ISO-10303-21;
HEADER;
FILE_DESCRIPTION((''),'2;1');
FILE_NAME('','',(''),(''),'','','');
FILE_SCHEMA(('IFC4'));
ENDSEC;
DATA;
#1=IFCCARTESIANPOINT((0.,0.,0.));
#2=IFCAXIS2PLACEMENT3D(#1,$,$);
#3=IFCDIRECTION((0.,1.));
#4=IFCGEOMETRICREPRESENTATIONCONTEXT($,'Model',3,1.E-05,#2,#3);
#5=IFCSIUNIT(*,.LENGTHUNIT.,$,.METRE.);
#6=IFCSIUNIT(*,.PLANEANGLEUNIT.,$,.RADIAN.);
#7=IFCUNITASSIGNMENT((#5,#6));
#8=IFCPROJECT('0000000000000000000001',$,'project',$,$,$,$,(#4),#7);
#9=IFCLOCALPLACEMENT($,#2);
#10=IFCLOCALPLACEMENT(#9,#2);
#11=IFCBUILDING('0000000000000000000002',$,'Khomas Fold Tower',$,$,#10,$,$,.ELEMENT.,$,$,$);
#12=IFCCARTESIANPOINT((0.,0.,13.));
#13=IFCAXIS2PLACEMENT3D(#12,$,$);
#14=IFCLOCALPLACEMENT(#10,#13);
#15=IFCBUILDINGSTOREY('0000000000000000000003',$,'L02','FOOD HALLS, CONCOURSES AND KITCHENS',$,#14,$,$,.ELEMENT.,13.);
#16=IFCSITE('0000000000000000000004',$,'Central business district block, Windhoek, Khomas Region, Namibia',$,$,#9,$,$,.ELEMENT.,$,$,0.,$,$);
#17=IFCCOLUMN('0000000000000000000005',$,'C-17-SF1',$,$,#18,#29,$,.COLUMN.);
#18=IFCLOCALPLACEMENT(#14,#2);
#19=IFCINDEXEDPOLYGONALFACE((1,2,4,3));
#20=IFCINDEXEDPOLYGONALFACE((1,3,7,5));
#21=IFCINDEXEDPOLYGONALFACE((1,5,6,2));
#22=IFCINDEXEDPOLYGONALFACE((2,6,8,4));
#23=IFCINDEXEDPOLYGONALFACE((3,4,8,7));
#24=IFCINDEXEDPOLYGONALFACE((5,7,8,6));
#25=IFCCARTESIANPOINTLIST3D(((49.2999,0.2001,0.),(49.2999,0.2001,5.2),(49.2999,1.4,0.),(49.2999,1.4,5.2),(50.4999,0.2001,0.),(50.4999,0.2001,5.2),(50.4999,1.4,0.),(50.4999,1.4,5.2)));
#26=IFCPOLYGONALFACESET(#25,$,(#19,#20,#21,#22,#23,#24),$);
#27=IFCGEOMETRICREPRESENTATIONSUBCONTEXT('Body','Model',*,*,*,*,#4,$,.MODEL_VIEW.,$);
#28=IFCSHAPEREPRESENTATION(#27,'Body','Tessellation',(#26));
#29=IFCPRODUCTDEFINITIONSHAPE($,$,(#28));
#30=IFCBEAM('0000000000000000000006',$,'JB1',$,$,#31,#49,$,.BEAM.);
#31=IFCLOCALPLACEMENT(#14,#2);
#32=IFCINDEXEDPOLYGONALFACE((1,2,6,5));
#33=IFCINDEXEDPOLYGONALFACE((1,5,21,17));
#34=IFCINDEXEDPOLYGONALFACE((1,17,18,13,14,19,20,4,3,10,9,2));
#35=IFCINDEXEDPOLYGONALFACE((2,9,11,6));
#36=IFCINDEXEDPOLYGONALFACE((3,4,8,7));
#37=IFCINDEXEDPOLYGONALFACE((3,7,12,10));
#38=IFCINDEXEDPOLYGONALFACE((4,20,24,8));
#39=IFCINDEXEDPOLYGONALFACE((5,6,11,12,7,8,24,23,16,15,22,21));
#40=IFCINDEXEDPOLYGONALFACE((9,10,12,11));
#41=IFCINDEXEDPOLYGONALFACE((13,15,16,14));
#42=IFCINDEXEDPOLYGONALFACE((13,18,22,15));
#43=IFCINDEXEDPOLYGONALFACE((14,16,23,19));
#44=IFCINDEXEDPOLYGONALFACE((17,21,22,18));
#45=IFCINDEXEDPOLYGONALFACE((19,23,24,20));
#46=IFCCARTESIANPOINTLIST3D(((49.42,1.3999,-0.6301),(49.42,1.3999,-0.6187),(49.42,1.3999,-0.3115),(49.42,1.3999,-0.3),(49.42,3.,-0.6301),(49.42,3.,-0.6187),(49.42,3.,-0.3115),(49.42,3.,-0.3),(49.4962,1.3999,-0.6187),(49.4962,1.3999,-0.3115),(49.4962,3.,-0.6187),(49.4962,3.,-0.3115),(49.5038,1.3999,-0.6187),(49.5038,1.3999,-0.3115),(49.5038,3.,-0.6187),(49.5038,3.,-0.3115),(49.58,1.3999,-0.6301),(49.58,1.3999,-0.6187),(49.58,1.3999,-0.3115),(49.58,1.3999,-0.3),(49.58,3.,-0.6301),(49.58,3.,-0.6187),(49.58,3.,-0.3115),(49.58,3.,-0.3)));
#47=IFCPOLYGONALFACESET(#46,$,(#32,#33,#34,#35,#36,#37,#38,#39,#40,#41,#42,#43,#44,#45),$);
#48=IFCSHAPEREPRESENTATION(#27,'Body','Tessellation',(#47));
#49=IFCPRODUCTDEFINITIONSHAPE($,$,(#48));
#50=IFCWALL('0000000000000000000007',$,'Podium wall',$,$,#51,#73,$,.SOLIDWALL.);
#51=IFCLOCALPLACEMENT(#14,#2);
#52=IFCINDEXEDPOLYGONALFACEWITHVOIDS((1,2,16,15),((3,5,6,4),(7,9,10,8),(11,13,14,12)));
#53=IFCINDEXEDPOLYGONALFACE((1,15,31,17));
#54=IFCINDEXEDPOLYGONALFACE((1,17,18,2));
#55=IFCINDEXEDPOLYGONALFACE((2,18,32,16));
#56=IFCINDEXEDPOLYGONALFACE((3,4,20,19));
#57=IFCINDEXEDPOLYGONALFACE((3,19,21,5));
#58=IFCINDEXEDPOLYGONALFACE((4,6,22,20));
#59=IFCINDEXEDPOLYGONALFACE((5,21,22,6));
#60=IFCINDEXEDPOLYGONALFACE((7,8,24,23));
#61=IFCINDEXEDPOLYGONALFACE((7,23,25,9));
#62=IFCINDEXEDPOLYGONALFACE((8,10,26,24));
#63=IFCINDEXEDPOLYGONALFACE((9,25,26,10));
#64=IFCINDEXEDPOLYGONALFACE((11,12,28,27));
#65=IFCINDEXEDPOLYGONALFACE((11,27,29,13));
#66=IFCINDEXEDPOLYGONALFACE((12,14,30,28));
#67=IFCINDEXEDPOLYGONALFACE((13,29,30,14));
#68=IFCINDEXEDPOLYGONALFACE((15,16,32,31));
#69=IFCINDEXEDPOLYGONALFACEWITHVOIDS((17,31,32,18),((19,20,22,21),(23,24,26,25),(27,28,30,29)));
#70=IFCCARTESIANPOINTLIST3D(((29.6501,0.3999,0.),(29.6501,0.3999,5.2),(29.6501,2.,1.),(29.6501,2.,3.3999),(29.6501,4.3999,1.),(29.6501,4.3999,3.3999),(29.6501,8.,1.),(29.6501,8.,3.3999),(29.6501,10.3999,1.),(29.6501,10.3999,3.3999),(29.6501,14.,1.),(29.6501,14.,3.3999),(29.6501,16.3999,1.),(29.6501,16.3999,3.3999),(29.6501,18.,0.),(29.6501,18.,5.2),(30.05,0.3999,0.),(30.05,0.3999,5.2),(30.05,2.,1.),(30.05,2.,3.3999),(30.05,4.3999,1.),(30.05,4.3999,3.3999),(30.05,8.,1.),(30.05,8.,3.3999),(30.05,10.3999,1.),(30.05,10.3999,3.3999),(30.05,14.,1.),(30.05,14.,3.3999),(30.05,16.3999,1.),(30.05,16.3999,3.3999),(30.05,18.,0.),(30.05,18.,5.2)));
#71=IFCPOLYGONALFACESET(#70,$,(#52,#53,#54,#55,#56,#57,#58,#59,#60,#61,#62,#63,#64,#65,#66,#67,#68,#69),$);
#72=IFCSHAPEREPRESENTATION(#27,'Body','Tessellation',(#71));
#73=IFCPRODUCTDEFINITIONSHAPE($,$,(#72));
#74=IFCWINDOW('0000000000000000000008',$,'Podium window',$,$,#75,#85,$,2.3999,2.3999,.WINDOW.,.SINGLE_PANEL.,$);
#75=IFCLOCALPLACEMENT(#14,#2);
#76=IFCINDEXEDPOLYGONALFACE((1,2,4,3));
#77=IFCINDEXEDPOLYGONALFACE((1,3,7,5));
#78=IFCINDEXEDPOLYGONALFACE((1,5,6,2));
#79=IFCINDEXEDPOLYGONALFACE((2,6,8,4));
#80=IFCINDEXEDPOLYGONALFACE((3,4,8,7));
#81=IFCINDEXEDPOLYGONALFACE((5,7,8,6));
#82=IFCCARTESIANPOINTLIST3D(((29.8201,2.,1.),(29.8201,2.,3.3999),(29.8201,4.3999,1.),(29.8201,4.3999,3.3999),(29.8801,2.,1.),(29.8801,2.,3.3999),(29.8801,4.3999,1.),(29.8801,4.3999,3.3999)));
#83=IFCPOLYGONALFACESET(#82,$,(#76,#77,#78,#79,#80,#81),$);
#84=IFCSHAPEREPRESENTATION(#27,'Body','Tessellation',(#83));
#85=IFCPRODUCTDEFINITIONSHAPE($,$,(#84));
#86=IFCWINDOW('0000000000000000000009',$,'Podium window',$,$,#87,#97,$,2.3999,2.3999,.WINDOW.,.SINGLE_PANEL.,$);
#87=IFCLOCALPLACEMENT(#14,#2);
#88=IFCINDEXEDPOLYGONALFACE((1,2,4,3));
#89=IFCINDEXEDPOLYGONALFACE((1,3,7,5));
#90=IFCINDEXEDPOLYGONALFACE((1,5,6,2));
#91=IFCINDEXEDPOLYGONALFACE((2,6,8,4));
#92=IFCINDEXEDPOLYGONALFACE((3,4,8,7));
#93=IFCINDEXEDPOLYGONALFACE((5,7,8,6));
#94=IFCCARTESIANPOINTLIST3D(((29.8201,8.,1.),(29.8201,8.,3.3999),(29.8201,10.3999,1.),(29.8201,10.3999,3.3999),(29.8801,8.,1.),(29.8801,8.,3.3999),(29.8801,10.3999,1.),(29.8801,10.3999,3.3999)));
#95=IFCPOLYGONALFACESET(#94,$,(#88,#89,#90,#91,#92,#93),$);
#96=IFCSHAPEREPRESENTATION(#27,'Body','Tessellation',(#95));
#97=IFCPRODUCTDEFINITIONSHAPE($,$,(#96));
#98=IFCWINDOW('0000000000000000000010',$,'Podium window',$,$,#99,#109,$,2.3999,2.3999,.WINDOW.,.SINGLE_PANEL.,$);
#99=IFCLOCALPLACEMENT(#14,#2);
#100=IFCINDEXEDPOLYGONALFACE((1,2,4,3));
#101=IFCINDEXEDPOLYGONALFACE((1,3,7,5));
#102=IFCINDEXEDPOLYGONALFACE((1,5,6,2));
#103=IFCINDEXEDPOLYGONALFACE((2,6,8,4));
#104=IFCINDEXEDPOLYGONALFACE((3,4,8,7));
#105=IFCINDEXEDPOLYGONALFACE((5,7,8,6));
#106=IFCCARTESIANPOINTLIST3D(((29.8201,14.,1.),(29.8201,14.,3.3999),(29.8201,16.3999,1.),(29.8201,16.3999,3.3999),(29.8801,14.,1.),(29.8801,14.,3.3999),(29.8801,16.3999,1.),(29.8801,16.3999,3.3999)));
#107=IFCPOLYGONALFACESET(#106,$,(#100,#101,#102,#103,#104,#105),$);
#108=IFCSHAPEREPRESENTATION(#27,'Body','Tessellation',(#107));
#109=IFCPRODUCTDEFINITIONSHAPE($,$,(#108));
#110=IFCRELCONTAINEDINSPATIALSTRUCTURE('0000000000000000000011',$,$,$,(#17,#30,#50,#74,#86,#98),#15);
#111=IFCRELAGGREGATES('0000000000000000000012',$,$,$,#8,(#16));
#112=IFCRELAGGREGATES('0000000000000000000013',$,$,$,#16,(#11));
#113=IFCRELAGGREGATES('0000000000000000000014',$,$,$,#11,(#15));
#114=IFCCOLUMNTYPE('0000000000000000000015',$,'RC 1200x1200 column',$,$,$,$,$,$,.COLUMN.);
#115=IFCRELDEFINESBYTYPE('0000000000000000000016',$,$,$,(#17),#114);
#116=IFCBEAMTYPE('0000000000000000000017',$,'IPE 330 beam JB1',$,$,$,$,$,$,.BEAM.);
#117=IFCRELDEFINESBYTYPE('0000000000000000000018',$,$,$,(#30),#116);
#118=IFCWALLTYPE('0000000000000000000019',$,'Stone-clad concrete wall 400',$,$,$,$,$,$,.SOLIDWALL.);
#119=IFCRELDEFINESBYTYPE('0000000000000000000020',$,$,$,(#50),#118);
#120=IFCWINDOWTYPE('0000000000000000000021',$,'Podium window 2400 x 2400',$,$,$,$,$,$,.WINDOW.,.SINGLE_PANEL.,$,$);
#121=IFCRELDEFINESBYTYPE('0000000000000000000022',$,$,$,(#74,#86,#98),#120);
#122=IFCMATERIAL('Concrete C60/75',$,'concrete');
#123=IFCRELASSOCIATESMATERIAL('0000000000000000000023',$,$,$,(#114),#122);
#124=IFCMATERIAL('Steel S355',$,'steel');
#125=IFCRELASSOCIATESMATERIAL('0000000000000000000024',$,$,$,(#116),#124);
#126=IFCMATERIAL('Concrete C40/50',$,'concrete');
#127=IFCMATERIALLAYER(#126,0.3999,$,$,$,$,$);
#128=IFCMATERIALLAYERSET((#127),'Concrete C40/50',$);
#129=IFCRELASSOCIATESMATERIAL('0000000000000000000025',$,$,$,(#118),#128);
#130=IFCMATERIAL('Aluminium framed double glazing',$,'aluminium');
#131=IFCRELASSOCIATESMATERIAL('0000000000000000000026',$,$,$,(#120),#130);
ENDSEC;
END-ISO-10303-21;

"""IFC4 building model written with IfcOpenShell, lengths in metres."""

from ifc_helpers import new_model, si_unit, direction, frame, frame_2d, origin, origin_2d, place, context, subcontext, project, spatial, rectangle, i_section, extrude, source, transform, mapped, material, layer, layer_set, material_profile, profile_set, type_object, element, fill, save


model = new_model("IFC4")

# Units and contexts
model_context = context("Model", 3, precision=1e-05, world=origin(), true_north=direction((0.0, 1.0)))
body_context = subcontext(model_context, "Body", "Model", "MODEL_VIEW")
ifc_project = project(units=[si_unit("LENGTHUNIT", "METRE"), si_unit("PLANEANGLEUNIT", "RADIAN")], contexts=[model_context])

# Site, building, storey
site_placement = place(None, origin())
site = spatial("IfcSite", under=ifc_project, at=site_placement, Name="Central business district block, Windhoek, Khomas Region, Namibia", CompositionType="ELEMENT", RefElevation=0.0)
building_placement = place(site_placement, origin())
building = spatial("IfcBuilding", under=site, at=building_placement, Name="Khomas Fold Tower", CompositionType="ELEMENT")
storey_placement = place(building_placement, frame((0.0, 0.0, 13.0)))
storey = spatial("IfcBuildingStorey", under=building, at=storey_placement, Name="L02", Description="FOOD HALLS, CONCOURSES AND KITCHENS", CompositionType="ELEMENT", Elevation=13.0)

# Column
ifc_material_1 = material(Name="Concrete C60/75", Category="concrete")
ifc_material_profile_1 = material_profile(ifc_material_1, rectangle(XDim=1.2, YDim=1.2, at=origin_2d()), Name="RC 1200x1200")
ifc_profile_set_1 = profile_set([ifc_material_profile_1], Name="Concrete C60/75")
column_type = type_object("IfcColumnType", Name="RC 1200x1200 column", PredefinedType="COLUMN", material=ifc_profile_set_1)
shared_shape_1 = source(origin(), body_context, "Body", "SweptSolid", [
    extrude(rectangle(XDim=1.2, YDim=1.2, at=origin_2d()), origin(), (0.0, 0.0, 1.0), 5.2),
])
column_placement = place(storey_placement, frame((49.8999, 0.8, 0.0), z_axis=(0.0, 0.0, 1.0), x_axis=(1.0, 0.0, 0.0)))
element("IfcColumn", 1, at=column_placement, inside=storey, type_object=column_type, Name="C-17-SF1", PredefinedType="COLUMN", context=body_context, shape_type="MappedRepresentation", body=[
    mapped(shared_shape_1, transform((0.0, 0.0, 0.0))),
])

# Beam
ifc_material_2 = material(Name="Steel S355", Category="steel")
ifc_material_profile_2 = material_profile(ifc_material_2, i_section(OverallWidth=0.1599, OverallDepth=0.3301, WebThickness=0.0076, FlangeThickness=0.0115, at=origin_2d()), Name="IPE 330")
ifc_profile_set_2 = profile_set([ifc_material_profile_2], Name="Steel S355")
beam_type = type_object("IfcBeamType", Name="IPE 330 beam JB1", PredefinedType="BEAM", material=ifc_profile_set_2)
shared_shape_2 = source(origin(), body_context, "Body", "SweptSolid", [
    extrude(i_section(OverallWidth=0.1599, OverallDepth=0.3301, WebThickness=0.0076, FlangeThickness=0.0115, at=origin_2d()), origin(), (0.0, 0.0, 1.0), 1.6001),
])
beam_placement = place(storey_placement, frame((49.5, 1.3999, -0.4651), z_axis=(0.0, 1.0, 0.0), x_axis=(-1.0, 0.0, 0.0)))
element("IfcBeam", 2, at=beam_placement, inside=storey, type_object=beam_type, Name="JB1", PredefinedType="BEAM", context=body_context, shape_type="MappedRepresentation", body=[
    mapped(shared_shape_2, transform((0.0, 0.0, 0.0))),
])

# Wall, openings, windows
ifc_material_3 = material(Name="Concrete C40/50", Category="concrete")
ifc_layer_1 = layer(ifc_material_3, 0.3999)
ifc_layer_set_1 = layer_set([ifc_layer_1], Name="Concrete C40/50")
wall_type_1 = type_object("IfcWallType", Name="Stone-clad concrete wall 400", PredefinedType="SOLIDWALL", material=ifc_layer_set_1)
shared_shape_3 = source(origin(), body_context, "Body", "SweptSolid", [
    extrude(rectangle(XDim=17.6001, YDim=0.3999, at=frame_2d((8.8, 0.0))), origin(), (0.0, 0.0, 1.0), 5.2),
])
wall_1_placement = place(storey_placement, frame((29.8501, 0.3999, 0.0), z_axis=(0.0, 0.0, 1.0), x_axis=(0.0, 1.0, 0.0)))
wall_1 = element("IfcWall", 3, at=wall_1_placement, inside=storey, type_object=wall_type_1, Name="Podium wall", PredefinedType="SOLIDWALL", context=body_context, shape_type="MappedRepresentation", body=[
    mapped(shared_shape_3, transform((0.0, 0.0, 0.0))),
])
shared_shape_4 = source(origin(), body_context, "Body", "SweptSolid", [
    extrude(rectangle(XDim=2.3999, YDim=2.3999, at=frame_2d((1.2, 1.2))), frame((0.0, 0.21, 0.0), z_axis=(0.0, -1.0, 0.0), x_axis=(1.0, 0.0, 0.0)), (0.0, 0.0, 1.0), 0.4199),
])
opening_1_placement = place(wall_1_placement, frame((1.6001, 0.0, 1.0)))
opening_1 = element("IfcOpeningElement", 4, at=opening_1_placement, cuts=wall_1, PredefinedType="OPENING", context=body_context, shape_type="MappedRepresentation", body=[
    mapped(shared_shape_4, transform((0.0, 0.0, 0.0))),
])
opening_2_placement = place(wall_1_placement, frame((7.6001, 0.0, 1.0)))
opening_2 = element("IfcOpeningElement", 5, at=opening_2_placement, cuts=wall_1, PredefinedType="OPENING", context=body_context, shape_type="MappedRepresentation", body=[
    mapped(shared_shape_4, transform((0.0, 0.0, 0.0))),
])
opening_3_placement = place(wall_1_placement, frame((13.6001, 0.0, 1.0)))
opening_3 = element("IfcOpeningElement", 6, at=opening_3_placement, cuts=wall_1, PredefinedType="OPENING", context=body_context, shape_type="MappedRepresentation", body=[
    mapped(shared_shape_4, transform((0.0, 0.0, 0.0))),
])
ifc_material_4 = material(Name="Aluminium framed double glazing", Category="aluminium")
window_type = type_object("IfcWindowType", Name="Podium window 2400 x 2400", PartitioningType="SINGLE_PANEL", PredefinedType="WINDOW", material=ifc_material_4)
shared_shape_5 = source(origin(), body_context, "Body", "SweptSolid", [
    extrude(rectangle(XDim=2.3999, YDim=2.3999, at=frame_2d((1.2, 1.2))), frame((0.0, 0.03, 0.0), z_axis=(0.0, -1.0, 0.0), x_axis=(1.0, 0.0, 0.0)), (0.0, 0.0, 1.0), 0.0601),
])
window_1_placement = place(opening_1_placement, origin())
window_1 = element("IfcWindow", 7, at=window_1_placement, inside=storey, type_object=window_type, Name="Podium window", OverallHeight=2.3999, OverallWidth=2.3999, PartitioningType="SINGLE_PANEL", PredefinedType="WINDOW", context=body_context, shape_type="MappedRepresentation", body=[
    mapped(shared_shape_5, transform((0.0, 0.0, 0.0))),
])
fill(opening_1, window_1)
window_2_placement = place(opening_2_placement, origin())
window_2 = element("IfcWindow", 8, at=window_2_placement, inside=storey, type_object=window_type, Name="Podium window", OverallHeight=2.3999, OverallWidth=2.3999, PartitioningType="SINGLE_PANEL", PredefinedType="WINDOW", context=body_context, shape_type="MappedRepresentation", body=[
    mapped(shared_shape_5, transform((0.0, 0.0, 0.0))),
])
fill(opening_2, window_2)
window_3_placement = place(opening_3_placement, origin())
window_3 = element("IfcWindow", 9, at=window_3_placement, inside=storey, type_object=window_type, Name="Podium window", OverallHeight=2.3999, OverallWidth=2.3999, PartitioningType="SINGLE_PANEL", PredefinedType="WINDOW", context=body_context, shape_type="MappedRepresentation", body=[
    mapped(shared_shape_5, transform((0.0, 0.0, 0.0))),
])
fill(opening_3, window_3)

save(model, "model.ifc")
